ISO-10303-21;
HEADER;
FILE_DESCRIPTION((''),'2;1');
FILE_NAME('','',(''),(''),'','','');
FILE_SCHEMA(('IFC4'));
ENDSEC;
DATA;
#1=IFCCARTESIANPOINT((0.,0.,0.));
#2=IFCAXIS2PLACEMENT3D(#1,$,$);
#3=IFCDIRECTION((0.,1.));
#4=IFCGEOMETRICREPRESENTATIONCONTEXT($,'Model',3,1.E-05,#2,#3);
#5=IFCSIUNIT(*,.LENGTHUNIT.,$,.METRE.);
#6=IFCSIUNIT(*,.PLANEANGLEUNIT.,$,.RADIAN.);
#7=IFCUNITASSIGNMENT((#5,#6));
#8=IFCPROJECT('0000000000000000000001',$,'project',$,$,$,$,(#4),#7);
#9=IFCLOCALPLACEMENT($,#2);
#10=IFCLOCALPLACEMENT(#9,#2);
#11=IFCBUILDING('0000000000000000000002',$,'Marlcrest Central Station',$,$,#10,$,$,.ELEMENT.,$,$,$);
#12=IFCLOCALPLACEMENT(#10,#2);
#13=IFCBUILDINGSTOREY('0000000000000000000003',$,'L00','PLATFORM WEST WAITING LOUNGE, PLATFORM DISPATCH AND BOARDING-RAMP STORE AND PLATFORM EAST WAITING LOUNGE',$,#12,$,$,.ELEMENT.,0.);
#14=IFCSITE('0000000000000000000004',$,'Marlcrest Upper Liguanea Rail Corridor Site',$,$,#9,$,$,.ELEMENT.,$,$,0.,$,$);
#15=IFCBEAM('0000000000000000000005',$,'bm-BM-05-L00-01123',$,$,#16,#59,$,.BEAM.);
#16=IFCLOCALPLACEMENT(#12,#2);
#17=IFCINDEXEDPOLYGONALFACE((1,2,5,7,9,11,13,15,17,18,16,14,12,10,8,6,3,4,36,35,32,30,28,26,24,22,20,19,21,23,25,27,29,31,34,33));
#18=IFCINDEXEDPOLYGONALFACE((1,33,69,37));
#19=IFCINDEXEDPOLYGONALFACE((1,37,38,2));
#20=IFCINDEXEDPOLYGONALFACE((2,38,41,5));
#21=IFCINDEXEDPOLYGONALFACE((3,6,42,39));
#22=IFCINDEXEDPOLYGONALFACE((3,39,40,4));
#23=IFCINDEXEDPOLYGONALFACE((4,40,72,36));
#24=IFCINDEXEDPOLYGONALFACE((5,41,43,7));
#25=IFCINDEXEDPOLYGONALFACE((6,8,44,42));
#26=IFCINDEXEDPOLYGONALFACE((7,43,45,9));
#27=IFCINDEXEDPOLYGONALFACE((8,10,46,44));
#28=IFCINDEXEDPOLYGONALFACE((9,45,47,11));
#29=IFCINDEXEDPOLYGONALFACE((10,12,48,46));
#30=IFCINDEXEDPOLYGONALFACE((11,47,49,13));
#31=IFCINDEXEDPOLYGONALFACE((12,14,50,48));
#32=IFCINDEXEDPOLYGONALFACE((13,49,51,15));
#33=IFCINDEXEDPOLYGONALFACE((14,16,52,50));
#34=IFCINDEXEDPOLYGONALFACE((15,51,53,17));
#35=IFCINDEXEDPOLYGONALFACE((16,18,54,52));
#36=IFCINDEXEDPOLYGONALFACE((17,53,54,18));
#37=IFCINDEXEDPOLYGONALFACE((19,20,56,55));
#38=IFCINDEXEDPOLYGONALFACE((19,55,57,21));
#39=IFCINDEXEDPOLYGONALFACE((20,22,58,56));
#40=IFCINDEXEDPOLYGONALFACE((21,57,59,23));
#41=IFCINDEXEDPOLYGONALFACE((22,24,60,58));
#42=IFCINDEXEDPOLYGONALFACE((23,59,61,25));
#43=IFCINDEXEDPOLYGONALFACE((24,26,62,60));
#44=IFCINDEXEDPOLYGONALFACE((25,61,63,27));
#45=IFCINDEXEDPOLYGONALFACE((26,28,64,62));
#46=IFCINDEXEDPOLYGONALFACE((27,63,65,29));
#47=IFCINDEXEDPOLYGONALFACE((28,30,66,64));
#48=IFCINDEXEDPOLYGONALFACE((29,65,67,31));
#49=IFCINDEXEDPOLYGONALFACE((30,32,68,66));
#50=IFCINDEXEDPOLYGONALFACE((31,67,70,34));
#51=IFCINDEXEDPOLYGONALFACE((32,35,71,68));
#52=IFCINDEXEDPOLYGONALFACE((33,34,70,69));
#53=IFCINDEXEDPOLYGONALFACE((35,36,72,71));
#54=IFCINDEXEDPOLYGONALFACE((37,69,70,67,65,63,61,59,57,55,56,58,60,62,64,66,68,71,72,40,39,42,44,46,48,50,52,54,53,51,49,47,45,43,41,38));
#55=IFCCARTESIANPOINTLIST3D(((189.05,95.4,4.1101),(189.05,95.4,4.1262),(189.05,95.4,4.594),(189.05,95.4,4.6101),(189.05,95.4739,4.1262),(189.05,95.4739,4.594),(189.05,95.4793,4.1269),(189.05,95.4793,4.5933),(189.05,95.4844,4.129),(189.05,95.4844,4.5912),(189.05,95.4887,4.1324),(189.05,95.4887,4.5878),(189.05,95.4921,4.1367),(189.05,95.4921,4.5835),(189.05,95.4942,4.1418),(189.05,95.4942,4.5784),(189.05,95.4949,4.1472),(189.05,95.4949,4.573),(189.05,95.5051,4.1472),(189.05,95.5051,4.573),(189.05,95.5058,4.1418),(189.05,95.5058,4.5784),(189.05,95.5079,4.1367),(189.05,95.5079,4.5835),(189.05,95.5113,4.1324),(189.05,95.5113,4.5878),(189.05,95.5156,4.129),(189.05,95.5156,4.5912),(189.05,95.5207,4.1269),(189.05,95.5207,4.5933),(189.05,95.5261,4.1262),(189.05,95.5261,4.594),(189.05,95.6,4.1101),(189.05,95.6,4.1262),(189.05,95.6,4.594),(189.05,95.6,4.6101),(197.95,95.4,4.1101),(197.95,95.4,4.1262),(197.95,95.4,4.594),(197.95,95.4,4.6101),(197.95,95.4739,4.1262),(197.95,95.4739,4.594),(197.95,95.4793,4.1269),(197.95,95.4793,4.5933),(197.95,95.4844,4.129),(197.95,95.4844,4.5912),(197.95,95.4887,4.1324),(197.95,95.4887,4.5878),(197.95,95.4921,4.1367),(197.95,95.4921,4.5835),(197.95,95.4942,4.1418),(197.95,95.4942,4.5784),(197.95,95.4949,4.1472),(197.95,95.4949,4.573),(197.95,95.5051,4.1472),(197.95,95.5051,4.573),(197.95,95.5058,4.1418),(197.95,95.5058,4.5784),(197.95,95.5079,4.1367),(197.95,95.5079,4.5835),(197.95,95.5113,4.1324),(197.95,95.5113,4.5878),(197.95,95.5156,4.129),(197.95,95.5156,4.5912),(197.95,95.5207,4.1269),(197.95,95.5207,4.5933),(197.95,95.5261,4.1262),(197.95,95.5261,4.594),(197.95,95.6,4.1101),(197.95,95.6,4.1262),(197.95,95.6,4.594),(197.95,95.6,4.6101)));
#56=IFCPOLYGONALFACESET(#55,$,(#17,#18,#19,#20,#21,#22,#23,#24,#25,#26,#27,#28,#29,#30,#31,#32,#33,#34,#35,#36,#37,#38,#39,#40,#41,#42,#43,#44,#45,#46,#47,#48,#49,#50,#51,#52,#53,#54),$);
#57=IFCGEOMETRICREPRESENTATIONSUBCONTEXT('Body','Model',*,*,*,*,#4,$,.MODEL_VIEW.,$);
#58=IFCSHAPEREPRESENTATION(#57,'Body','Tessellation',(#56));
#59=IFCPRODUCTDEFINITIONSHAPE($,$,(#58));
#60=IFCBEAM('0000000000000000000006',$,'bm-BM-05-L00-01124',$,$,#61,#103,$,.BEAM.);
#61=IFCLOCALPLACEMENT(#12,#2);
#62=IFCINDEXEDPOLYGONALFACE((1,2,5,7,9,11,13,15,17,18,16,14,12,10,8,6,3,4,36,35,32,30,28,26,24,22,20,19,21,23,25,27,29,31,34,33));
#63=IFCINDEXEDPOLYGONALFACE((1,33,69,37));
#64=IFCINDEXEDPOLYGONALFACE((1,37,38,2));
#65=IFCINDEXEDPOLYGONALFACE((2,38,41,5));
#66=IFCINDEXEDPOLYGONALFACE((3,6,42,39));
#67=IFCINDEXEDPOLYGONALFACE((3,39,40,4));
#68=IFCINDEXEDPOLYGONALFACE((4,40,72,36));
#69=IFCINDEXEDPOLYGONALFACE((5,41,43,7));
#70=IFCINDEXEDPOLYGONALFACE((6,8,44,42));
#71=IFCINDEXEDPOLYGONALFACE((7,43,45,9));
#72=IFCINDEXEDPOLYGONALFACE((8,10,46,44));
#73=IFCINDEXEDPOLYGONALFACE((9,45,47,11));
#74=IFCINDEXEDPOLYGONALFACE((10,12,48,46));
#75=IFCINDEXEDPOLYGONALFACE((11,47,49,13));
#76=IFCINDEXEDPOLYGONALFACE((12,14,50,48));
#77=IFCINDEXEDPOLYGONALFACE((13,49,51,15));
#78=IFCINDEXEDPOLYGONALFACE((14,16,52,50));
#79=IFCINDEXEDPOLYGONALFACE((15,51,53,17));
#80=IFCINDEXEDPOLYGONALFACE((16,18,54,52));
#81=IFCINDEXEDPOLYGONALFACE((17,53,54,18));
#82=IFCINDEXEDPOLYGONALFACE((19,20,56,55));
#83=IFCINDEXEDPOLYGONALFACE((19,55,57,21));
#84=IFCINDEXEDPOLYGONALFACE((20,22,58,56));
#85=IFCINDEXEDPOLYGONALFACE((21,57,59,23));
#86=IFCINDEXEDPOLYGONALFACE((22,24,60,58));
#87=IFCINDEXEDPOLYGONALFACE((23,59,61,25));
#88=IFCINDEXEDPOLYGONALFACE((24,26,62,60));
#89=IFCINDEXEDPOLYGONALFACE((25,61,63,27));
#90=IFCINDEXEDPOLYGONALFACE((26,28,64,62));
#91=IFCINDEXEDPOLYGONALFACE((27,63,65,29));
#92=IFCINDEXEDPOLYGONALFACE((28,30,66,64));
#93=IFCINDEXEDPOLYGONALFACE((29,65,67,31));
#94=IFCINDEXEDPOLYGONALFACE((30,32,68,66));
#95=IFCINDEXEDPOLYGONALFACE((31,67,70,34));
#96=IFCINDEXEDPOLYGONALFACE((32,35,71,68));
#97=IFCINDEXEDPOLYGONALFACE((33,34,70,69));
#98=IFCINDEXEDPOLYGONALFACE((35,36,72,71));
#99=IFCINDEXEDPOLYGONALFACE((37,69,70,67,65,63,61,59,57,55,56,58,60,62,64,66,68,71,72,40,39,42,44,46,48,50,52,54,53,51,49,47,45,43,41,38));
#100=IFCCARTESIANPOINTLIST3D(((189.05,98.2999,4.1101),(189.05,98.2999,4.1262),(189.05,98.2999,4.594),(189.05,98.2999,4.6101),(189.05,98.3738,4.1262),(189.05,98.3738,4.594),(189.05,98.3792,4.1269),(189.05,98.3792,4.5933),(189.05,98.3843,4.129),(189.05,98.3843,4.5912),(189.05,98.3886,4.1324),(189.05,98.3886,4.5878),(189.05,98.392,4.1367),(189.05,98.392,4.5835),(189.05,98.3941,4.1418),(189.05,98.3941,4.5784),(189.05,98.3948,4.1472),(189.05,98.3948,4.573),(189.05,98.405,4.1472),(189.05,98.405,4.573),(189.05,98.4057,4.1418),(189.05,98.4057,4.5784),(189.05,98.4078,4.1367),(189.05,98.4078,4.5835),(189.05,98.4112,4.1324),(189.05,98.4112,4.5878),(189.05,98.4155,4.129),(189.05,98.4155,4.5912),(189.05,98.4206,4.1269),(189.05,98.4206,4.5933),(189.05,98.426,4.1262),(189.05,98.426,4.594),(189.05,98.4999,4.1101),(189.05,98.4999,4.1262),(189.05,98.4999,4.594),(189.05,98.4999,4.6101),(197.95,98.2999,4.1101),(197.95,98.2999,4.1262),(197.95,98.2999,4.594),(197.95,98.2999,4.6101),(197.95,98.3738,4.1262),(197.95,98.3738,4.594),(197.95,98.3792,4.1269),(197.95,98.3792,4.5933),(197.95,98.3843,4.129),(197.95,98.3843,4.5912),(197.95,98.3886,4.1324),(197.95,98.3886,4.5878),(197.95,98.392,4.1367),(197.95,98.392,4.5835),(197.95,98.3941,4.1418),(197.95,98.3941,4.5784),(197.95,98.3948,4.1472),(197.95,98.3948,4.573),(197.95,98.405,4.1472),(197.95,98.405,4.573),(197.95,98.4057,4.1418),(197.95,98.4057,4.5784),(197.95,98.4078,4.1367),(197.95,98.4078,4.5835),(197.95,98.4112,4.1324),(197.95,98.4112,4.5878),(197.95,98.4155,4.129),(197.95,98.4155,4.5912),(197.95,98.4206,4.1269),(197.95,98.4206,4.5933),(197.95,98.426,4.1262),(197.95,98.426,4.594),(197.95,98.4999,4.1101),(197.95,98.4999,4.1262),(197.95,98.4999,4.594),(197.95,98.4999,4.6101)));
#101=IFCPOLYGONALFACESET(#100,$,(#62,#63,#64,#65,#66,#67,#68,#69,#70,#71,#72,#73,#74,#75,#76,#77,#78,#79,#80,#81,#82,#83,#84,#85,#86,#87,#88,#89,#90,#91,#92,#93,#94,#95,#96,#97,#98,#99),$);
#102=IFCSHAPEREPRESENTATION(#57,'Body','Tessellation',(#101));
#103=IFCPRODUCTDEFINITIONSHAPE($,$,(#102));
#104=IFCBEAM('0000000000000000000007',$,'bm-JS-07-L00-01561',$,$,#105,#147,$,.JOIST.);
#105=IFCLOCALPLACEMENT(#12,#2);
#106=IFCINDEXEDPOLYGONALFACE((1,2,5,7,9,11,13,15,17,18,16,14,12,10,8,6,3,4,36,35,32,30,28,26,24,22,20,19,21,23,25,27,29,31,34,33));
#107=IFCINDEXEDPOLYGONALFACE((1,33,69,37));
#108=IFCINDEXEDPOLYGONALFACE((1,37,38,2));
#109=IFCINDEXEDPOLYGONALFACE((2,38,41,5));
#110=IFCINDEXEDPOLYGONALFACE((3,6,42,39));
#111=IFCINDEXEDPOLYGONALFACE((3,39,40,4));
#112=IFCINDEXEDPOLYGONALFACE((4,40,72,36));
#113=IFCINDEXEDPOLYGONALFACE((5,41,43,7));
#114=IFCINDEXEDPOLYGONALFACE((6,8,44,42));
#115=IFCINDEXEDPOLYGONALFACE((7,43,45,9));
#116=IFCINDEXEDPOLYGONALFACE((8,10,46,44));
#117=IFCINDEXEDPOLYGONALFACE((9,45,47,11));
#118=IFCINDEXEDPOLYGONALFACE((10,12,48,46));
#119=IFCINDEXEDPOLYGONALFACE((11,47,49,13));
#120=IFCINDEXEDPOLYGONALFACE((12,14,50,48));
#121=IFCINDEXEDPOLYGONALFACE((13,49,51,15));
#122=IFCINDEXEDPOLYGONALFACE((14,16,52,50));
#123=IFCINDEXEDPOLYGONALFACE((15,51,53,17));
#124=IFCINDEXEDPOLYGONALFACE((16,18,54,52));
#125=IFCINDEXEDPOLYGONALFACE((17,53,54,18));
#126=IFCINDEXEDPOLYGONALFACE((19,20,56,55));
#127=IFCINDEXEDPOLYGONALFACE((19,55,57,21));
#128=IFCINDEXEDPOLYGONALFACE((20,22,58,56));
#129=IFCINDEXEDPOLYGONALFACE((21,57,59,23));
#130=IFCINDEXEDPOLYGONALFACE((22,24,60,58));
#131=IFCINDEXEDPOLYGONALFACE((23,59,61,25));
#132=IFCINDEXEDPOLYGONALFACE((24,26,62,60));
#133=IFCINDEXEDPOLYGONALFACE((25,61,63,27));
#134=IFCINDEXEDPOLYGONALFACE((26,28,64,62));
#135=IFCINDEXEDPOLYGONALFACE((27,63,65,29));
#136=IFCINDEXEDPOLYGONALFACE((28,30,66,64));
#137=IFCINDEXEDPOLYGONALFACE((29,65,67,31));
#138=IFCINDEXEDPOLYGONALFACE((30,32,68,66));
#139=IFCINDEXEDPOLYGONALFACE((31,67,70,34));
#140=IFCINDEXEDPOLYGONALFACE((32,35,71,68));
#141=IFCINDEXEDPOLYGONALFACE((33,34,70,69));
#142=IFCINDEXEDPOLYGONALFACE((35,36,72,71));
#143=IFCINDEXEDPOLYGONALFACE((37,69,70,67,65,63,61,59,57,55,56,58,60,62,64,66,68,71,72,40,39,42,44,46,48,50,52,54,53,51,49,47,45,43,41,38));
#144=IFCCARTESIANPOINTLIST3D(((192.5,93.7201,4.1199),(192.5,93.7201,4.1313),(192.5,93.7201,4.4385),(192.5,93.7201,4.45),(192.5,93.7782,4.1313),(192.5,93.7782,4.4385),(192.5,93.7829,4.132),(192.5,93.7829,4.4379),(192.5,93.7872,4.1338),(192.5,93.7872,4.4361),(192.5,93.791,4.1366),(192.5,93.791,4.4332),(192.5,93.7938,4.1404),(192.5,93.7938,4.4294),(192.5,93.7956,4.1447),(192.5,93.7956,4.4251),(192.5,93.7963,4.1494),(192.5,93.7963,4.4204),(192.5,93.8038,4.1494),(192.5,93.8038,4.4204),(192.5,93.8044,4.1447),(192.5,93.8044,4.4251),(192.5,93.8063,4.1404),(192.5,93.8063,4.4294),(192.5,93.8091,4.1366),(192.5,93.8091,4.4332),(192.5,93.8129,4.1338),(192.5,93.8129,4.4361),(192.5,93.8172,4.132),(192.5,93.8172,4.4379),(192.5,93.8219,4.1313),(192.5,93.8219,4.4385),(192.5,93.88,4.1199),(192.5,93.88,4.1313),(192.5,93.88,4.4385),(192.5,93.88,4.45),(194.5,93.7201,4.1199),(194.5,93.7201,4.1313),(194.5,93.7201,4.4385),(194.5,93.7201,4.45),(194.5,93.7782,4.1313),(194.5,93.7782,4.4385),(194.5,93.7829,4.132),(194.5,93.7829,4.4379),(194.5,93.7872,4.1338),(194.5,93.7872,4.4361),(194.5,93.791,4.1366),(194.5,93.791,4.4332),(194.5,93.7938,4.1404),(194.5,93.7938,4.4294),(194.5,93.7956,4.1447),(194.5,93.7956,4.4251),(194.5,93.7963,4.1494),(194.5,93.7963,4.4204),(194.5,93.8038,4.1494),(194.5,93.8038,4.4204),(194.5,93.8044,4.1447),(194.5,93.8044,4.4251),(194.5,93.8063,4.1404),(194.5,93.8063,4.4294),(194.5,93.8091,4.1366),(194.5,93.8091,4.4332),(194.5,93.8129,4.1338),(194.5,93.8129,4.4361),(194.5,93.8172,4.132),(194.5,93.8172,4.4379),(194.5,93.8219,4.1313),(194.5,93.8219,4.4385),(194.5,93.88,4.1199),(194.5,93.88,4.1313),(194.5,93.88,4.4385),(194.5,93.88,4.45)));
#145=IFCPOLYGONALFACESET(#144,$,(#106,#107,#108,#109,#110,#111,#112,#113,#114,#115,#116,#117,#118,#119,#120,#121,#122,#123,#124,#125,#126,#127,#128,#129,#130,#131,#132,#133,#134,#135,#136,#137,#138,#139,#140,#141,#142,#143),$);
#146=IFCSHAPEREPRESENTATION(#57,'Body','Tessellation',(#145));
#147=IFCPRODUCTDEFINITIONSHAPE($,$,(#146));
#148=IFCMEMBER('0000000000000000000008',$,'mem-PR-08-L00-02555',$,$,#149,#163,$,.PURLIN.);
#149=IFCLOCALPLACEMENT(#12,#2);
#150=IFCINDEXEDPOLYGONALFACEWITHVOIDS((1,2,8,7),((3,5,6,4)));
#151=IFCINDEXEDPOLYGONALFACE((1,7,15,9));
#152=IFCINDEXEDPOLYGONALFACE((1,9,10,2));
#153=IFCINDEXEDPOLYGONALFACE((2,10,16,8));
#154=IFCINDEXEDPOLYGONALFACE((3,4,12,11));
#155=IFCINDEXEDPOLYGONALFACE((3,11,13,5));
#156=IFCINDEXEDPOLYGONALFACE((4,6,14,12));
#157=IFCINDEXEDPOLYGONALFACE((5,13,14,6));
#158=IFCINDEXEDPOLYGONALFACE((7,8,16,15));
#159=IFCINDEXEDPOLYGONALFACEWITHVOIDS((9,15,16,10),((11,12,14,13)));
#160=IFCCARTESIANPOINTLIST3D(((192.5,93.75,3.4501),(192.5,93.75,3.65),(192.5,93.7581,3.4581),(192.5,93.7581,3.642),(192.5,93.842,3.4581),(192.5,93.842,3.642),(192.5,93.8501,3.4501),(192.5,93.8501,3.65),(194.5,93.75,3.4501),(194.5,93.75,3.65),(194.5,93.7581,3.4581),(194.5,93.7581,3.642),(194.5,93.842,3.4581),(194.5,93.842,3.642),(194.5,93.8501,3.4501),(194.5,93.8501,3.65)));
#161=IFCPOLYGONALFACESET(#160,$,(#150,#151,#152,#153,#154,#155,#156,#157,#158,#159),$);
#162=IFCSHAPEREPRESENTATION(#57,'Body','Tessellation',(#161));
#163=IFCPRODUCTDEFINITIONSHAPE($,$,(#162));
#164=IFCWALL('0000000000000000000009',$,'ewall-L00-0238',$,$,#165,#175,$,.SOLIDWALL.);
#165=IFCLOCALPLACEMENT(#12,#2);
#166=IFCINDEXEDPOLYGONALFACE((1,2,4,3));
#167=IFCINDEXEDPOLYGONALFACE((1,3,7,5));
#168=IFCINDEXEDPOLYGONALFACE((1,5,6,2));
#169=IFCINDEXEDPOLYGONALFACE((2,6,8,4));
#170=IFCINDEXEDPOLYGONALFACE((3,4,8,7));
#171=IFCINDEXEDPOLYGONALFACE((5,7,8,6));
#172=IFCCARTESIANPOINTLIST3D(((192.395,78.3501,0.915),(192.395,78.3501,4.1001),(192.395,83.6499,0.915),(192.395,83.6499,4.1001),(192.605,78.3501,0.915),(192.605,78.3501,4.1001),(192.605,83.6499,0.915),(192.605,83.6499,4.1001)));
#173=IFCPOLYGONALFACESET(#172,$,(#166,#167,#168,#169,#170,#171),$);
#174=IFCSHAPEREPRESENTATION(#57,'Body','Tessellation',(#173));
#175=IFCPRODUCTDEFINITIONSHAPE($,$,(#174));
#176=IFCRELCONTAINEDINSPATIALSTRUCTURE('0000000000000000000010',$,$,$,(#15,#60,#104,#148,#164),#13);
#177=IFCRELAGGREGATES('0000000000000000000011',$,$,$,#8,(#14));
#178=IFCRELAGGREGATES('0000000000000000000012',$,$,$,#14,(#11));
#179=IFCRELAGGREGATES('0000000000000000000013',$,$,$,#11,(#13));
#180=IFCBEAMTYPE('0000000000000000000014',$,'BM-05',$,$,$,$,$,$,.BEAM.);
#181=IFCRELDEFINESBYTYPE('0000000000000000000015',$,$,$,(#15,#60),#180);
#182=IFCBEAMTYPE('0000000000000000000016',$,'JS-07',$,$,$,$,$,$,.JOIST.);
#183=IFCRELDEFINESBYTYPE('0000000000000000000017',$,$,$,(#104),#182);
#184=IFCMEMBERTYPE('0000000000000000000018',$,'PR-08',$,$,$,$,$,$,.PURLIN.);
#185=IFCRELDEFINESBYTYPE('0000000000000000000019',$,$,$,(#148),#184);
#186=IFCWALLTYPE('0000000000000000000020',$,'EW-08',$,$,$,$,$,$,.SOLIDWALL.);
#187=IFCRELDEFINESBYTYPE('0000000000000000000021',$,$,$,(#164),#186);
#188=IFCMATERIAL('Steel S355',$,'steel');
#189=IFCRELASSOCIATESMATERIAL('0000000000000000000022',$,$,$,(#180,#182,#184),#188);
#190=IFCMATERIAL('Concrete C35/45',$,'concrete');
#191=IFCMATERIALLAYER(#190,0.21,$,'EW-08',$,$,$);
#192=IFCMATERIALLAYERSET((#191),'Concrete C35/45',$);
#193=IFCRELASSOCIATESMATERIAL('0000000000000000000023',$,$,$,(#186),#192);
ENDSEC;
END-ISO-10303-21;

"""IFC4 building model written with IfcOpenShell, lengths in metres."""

from ifc_helpers import new_model, si_unit, direction, frame, frame_2d, origin, origin_2d, place, context, subcontext, project, spatial, rectangle, hollow_rectangle, i_section, extrude, material, layer, layer_set, material_profile, profile_set, type_object, element, save


model = new_model("IFC4")

# Units and contexts
model_context = context("Model", 3, precision=1e-05, world=origin(), true_north=direction((0.0, 1.0)))
body_context = subcontext(model_context, "Body", "Model", "MODEL_VIEW")
ifc_project = project(units=[si_unit("LENGTHUNIT", "METRE"), si_unit("PLANEANGLEUNIT", "RADIAN")], contexts=[model_context])

# Site, building, storey
site_placement = place(None, origin())
site = spatial("IfcSite", under=ifc_project, at=site_placement, Name="Marlcrest Upper Liguanea Rail Corridor Site", CompositionType="ELEMENT", RefElevation=0.0)
building_placement = place(site_placement, origin())
building = spatial("IfcBuilding", under=site, at=building_placement, Name="Marlcrest Central Station", CompositionType="ELEMENT")
storey_placement = place(building_placement, origin())
storey = spatial("IfcBuildingStorey", under=building, at=storey_placement, Name="L00", Description="PLATFORM WEST WAITING LOUNGE, PLATFORM DISPATCH AND BOARDING-RAMP STORE AND PLATFORM EAST WAITING LOUNGE", CompositionType="ELEMENT", Elevation=0.0)

# Shared definitions
ifc_material_1 = material(Name="Concrete C35/45", Category="concrete")

# Shared definitions
ifc_material_2 = material(Name="Steel S355", Category="steel")

# Beams
ifc_material_profile_1 = material_profile(ifc_material_2, i_section(OverallWidth=0.2, OverallDepth=0.5, WebThickness=0.0103, FlangeThickness=0.0161, FilletRadius=0.021, at=origin_2d()), Name="IPE 500")
ifc_profile_set_1 = profile_set([ifc_material_profile_1], Name="Steel S355")
beam_type_1 = type_object("IfcBeamType", Name="BM-05", PredefinedType="BEAM", material=ifc_profile_set_1)
for number, where, z_axis, x_axis, name in (
    (1, (189.05, 95.5, 4.3601), (1.0, 0.0, 0.0), (0.0, 1.0, 0.0), "bm-BM-05-L00-01123"),
    (2, (189.05, 98.3999, 4.3601), (1.0, 0.0, 0.0), (0.0, 1.0, 0.0), "bm-BM-05-L00-01124"),
):
    element("IfcBeam", number, at=place(storey_placement, frame(where, z_axis=z_axis, x_axis=x_axis)), inside=storey, type_object=beam_type_1, Name=name, PredefinedType="BEAM", context=body_context, shape_type="SweptSolid", body=[
        extrude(i_section(OverallWidth=0.2, OverallDepth=0.5, WebThickness=0.0103, FlangeThickness=0.0161, FilletRadius=0.021, at=origin_2d()), origin(), (0.0, 0.0, 1.0), 8.8999),
    ])
ifc_material_profile_2 = material_profile(ifc_material_2, i_section(OverallWidth=0.1599, OverallDepth=0.3301, WebThickness=0.0076, FlangeThickness=0.0115, FilletRadius=0.0181, at=origin_2d()), Name="IPE 330")
ifc_profile_set_2 = profile_set([ifc_material_profile_2], Name="Steel S355")
beam_type_2 = type_object("IfcBeamType", Name="JS-07", PredefinedType="JOIST", material=ifc_profile_set_2)
beam_placement = place(storey_placement, frame((192.5, 93.8, 4.2849), z_axis=(1.0, 0.0, 0.0), x_axis=(0.0, 1.0, 0.0)))
element("IfcBeam", 3, at=beam_placement, inside=storey, type_object=beam_type_2, Name="bm-JS-07-L00-01561", PredefinedType="JOIST", context=body_context, shape_type="SweptSolid", body=[
    extrude(i_section(OverallWidth=0.1599, OverallDepth=0.3301, WebThickness=0.0076, FlangeThickness=0.0115, FilletRadius=0.0181, at=origin_2d()), origin(), (0.0, 0.0, 1.0), 2.0),
])

# Member
ifc_material_profile_3 = material_profile(ifc_material_2, hollow_rectangle(XDim=0.1001, YDim=0.2, WallThickness=0.0081, at=origin_2d()), Name="RHS 200x100x8")
ifc_profile_set_3 = profile_set([ifc_material_profile_3], Name="Steel S355")
member_type = type_object("IfcMemberType", Name="PR-08", PredefinedType="PURLIN", material=ifc_profile_set_3)
member_placement = place(storey_placement, frame((192.5, 93.8, 3.55), z_axis=(1.0, 0.0, 0.0), x_axis=(0.0, 1.0, 0.0)))
element("IfcMember", 4, at=member_placement, inside=storey, type_object=member_type, Name="mem-PR-08-L00-02555", PredefinedType="PURLIN", context=body_context, shape_type="SweptSolid", body=[
    extrude(hollow_rectangle(XDim=0.1001, YDim=0.2, WallThickness=0.0081, at=origin_2d()), origin(), (0.0, 0.0, 1.0), 2.0),
])

# Wall
ifc_layer_1 = layer(ifc_material_1, 0.21, Name="EW-08")
ifc_layer_set_1 = layer_set([ifc_layer_1], Name="Concrete C35/45")
wall_type_1 = type_object("IfcWallType", Name="EW-08", PredefinedType="SOLIDWALL", material=ifc_layer_set_1)
wall_1_placement = place(storey_placement, frame((192.5, 83.6499, 0.915), z_axis=(0.0, 0.0, 1.0), x_axis=(0.0, -1.0, 0.0)))
element("IfcWall", 5, at=wall_1_placement, inside=storey, type_object=wall_type_1, Name="ewall-L00-0238", PredefinedType="SOLIDWALL", context=body_context, shape_type="SweptSolid", body=[
    extrude(rectangle(XDim=5.2998, YDim=0.21, at=frame_2d((2.6499, 0.0))), origin(), (0.0, 0.0, 1.0), 3.1851),
])

save(model, "model.ifc")
